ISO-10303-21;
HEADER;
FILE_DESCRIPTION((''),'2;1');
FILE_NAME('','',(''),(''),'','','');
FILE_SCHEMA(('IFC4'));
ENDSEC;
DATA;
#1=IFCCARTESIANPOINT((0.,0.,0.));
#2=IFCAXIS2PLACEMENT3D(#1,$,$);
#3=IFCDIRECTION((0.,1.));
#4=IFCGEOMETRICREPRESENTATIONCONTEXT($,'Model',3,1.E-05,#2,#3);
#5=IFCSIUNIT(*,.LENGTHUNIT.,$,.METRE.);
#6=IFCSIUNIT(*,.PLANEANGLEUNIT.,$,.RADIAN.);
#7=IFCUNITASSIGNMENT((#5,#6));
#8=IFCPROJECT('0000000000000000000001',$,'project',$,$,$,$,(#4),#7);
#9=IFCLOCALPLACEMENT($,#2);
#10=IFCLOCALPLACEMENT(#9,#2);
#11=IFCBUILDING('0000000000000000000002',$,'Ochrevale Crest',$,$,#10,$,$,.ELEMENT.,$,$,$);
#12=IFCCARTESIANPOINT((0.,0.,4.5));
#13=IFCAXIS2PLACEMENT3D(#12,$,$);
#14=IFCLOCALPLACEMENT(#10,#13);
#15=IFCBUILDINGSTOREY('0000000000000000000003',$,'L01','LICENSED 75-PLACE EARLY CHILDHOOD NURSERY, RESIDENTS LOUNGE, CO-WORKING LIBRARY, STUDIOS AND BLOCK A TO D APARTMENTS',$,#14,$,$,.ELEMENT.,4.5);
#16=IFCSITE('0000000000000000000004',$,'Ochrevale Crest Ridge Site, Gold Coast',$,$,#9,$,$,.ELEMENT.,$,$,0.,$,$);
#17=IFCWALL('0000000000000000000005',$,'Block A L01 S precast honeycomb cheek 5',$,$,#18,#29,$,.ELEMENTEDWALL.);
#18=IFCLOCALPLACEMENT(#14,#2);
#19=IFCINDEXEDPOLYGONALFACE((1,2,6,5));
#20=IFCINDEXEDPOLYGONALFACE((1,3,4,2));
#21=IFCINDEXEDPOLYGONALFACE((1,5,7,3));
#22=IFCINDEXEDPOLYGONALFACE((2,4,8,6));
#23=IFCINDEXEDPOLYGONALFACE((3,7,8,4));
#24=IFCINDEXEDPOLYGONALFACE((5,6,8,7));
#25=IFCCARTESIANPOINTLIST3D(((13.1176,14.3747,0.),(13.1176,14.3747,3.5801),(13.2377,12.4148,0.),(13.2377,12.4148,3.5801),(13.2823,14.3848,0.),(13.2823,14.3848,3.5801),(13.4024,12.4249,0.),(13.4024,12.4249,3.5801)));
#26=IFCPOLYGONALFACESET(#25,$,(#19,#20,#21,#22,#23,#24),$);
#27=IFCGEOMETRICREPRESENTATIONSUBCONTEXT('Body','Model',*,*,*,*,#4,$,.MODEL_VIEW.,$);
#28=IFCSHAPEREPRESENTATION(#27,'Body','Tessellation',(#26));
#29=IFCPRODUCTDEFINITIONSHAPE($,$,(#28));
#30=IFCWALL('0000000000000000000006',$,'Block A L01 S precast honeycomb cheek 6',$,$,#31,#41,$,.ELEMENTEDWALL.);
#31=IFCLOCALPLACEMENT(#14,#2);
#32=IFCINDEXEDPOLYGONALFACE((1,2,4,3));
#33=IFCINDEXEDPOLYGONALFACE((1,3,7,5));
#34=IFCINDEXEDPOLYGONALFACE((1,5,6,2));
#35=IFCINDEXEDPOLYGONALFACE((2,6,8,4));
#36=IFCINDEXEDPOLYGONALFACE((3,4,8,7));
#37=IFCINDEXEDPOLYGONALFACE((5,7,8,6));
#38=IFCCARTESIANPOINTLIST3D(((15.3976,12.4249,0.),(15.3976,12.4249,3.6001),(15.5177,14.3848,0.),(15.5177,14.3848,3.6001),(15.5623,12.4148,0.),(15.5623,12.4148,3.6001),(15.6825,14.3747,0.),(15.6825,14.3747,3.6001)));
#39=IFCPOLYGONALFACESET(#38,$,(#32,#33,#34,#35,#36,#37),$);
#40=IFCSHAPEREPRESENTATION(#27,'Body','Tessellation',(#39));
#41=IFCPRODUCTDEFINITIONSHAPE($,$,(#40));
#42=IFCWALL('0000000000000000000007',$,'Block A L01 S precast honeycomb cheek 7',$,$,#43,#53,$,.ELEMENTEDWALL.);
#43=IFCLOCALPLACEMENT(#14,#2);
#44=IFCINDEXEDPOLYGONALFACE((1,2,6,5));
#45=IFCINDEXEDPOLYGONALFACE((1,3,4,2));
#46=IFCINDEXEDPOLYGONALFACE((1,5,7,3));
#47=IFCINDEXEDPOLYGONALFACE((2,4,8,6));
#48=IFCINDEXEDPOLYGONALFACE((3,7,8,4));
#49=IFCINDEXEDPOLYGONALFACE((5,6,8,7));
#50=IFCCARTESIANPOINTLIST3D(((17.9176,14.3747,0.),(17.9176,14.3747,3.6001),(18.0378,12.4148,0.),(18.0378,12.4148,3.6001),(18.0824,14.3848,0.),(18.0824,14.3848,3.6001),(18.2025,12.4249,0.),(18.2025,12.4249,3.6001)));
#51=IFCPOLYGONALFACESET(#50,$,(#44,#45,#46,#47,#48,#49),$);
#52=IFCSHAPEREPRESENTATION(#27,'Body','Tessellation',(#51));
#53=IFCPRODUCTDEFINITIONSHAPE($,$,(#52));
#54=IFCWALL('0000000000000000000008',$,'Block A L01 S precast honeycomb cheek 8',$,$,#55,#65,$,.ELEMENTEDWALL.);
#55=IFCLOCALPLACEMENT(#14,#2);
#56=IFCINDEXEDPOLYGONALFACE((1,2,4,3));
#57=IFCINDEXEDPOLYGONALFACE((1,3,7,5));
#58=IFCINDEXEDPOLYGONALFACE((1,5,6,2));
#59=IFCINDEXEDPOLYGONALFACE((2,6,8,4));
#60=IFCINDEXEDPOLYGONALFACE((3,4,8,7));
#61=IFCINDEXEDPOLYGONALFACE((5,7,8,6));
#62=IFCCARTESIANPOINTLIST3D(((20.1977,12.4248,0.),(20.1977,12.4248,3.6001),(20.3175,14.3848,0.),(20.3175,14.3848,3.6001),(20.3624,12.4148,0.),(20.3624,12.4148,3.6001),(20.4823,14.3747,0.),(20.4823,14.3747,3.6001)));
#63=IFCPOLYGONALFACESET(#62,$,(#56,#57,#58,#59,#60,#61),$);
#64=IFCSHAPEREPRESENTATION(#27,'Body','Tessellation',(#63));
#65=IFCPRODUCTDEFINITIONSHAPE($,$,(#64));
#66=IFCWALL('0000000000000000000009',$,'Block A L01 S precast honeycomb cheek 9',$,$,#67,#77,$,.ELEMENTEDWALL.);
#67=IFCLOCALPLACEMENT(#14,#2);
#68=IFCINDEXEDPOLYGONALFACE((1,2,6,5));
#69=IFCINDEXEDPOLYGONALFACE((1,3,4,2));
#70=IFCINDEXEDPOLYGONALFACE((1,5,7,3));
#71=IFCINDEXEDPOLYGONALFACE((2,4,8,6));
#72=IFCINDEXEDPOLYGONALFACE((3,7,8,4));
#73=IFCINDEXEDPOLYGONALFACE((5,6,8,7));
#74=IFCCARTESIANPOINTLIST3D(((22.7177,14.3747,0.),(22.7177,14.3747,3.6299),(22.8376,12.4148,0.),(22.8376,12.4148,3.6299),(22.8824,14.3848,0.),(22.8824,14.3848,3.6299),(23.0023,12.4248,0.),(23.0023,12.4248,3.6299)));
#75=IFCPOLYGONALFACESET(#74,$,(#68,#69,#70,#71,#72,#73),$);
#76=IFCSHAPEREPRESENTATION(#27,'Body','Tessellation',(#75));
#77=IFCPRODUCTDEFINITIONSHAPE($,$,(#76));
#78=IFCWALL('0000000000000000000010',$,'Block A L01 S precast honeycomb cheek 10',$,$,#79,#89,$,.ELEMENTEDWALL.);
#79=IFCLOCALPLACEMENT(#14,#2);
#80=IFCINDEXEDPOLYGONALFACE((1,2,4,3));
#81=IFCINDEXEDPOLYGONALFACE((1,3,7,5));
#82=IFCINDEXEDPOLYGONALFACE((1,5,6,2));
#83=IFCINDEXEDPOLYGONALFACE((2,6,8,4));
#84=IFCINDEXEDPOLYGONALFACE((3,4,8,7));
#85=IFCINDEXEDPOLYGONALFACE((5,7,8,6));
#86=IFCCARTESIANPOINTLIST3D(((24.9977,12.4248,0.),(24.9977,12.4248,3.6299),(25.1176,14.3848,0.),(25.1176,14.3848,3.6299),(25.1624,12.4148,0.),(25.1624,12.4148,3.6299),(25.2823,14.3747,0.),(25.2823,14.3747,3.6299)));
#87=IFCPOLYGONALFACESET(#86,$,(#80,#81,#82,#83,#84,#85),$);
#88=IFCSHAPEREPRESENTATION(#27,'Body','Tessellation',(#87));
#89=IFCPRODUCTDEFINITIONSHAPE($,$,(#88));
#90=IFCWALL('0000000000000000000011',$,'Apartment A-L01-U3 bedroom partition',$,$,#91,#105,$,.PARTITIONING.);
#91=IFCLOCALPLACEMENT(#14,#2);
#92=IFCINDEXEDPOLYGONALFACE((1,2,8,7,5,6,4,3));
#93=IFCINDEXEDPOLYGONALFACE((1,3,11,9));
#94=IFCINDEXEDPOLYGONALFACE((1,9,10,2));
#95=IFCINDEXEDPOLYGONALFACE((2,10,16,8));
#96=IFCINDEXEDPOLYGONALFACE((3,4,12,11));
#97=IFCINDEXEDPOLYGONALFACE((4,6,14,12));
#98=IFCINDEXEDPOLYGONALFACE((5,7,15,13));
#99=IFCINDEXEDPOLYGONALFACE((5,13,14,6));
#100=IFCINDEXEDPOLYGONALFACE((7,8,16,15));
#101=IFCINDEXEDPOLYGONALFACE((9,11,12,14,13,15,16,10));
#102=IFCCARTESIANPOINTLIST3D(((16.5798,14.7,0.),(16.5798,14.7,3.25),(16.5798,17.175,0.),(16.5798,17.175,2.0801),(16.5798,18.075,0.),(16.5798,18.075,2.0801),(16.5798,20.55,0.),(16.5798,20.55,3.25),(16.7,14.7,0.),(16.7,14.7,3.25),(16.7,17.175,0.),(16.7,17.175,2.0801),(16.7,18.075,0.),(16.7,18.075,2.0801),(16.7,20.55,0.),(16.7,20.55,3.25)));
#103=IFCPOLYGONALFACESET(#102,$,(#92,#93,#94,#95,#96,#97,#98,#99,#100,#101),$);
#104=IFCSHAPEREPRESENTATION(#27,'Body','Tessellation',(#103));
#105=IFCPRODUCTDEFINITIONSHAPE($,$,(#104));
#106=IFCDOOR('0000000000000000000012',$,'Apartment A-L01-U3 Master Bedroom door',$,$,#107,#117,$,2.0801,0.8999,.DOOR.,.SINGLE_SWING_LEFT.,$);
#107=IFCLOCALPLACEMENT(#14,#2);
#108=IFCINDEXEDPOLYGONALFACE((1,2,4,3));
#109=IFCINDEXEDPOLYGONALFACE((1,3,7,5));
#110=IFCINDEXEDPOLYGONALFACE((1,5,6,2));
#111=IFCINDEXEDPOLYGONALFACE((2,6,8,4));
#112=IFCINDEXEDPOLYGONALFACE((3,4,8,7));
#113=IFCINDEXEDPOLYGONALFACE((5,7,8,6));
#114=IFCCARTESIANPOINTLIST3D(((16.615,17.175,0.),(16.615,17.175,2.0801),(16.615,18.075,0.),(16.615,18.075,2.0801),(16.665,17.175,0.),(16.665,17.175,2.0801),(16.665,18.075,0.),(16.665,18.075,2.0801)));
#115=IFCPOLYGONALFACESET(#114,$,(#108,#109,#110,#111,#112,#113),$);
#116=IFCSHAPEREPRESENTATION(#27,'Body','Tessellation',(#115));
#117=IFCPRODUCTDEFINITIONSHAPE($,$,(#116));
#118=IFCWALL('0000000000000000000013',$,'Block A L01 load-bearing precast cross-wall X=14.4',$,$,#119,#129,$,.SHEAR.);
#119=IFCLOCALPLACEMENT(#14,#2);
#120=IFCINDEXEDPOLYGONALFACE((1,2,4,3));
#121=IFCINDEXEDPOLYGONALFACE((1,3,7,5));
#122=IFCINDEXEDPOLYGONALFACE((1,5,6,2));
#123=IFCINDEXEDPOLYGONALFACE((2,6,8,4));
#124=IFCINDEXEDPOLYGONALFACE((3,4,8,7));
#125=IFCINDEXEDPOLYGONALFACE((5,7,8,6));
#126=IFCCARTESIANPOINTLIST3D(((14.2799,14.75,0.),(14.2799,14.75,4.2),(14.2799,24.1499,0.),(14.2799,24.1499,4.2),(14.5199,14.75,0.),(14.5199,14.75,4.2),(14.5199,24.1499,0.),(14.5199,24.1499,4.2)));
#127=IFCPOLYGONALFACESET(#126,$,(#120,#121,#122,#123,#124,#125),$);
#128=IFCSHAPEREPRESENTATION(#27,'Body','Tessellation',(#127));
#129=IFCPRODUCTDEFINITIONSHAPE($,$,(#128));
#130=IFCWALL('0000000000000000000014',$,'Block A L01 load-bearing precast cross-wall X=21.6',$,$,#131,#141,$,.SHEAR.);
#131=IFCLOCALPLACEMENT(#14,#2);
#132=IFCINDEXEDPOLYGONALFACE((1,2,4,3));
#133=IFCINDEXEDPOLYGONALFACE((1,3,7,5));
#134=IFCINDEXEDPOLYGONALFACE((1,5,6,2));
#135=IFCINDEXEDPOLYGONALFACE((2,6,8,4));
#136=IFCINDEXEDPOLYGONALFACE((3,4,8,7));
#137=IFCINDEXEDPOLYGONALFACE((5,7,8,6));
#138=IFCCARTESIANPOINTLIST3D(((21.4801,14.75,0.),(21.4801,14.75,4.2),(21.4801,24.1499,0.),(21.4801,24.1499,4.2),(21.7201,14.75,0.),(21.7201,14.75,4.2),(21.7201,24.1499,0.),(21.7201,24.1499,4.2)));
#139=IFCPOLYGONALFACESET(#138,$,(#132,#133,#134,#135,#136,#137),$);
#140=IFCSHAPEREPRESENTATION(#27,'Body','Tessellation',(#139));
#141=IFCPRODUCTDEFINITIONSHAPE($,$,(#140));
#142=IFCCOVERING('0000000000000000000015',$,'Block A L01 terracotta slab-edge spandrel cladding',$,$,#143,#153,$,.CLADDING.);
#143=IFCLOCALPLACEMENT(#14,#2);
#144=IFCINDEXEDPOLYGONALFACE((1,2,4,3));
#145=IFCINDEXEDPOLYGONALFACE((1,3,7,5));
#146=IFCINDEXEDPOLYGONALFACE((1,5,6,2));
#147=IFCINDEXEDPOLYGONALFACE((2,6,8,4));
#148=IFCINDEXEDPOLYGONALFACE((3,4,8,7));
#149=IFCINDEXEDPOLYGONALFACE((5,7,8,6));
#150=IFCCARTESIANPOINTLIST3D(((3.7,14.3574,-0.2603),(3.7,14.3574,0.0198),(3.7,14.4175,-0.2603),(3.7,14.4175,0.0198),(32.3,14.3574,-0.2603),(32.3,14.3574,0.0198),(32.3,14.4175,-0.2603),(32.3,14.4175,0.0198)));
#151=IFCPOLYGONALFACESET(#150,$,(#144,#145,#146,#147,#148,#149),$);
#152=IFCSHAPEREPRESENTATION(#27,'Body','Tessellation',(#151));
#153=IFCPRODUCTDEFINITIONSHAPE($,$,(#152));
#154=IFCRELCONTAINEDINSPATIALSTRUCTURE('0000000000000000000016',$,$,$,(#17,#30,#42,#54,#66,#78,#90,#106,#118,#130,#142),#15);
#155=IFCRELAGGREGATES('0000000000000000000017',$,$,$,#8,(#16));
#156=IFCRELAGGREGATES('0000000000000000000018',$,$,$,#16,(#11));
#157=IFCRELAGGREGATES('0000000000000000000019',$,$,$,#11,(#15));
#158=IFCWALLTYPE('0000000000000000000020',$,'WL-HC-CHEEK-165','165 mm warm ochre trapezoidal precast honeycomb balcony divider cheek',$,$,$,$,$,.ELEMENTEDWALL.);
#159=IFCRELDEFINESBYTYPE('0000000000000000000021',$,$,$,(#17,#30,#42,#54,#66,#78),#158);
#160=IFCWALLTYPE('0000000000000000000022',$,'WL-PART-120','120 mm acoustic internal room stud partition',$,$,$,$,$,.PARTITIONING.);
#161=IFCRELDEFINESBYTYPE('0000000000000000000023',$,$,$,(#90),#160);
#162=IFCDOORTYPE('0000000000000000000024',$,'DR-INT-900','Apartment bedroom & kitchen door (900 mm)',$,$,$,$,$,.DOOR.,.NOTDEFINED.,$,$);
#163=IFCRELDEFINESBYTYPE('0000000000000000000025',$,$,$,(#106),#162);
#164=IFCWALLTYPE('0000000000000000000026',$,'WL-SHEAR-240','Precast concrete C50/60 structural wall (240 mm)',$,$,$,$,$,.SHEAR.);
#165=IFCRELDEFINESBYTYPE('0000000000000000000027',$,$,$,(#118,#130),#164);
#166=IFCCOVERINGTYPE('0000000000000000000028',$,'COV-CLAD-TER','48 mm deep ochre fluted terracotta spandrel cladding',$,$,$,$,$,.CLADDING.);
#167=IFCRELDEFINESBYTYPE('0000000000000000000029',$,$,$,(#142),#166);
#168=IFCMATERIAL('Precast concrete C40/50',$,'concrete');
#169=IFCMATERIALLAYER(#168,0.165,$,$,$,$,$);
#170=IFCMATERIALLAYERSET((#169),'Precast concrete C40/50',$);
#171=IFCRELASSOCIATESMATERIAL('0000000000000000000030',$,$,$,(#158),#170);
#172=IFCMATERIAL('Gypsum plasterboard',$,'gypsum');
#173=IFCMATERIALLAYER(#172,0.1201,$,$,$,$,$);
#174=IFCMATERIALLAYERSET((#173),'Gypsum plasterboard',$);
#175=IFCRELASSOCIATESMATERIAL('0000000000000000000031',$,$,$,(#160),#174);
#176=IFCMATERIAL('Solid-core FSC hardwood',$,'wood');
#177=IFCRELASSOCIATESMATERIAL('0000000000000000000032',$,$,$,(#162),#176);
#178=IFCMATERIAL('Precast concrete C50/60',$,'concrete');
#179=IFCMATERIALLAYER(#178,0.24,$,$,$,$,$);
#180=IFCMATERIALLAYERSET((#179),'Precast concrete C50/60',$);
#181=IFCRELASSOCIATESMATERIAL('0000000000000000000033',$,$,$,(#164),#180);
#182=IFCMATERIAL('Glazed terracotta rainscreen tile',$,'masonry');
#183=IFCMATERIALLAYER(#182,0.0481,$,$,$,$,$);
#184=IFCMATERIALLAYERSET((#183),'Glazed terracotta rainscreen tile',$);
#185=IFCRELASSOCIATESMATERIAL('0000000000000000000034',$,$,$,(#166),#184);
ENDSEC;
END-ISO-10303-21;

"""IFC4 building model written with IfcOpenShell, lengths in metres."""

from ifc_helpers import new_model, si_unit, direction, frame, frame_2d, origin, origin_2d, place, context, subcontext, project, spatial, rectangle, extrude, material, layer, layer_set, type_object, element, fill, save


model = new_model("IFC4")

# Units and contexts
model_context = context("Model", 3, precision=1e-05, world=origin(), true_north=direction((0.0, 1.0)))
body_context = subcontext(model_context, "Body", "Model", "MODEL_VIEW")
ifc_project = project(units=[si_unit("LENGTHUNIT", "METRE"), si_unit("PLANEANGLEUNIT", "RADIAN")], contexts=[model_context])

# Site, building, storey
site_placement = place(None, origin())
site = spatial("IfcSite", under=ifc_project, at=site_placement, Name="Ochrevale Crest Ridge Site, Gold Coast", CompositionType="ELEMENT", RefElevation=0.0)
building_placement = place(site_placement, origin())
building = spatial("IfcBuilding", under=site, at=building_placement, Name="Ochrevale Crest", CompositionType="ELEMENT")
storey_placement = place(building_placement, frame((0.0, 0.0, 4.5)))
storey = spatial("IfcBuildingStorey", under=building, at=storey_placement, Name="L01", Description="LICENSED 75-PLACE EARLY CHILDHOOD NURSERY, RESIDENTS LOUNGE, CO-WORKING LIBRARY, STUDIOS AND BLOCK A TO D APARTMENTS", CompositionType="ELEMENT", Elevation=4.5)

# Shared definitions
ifc_material_1 = material(Name="Precast concrete C50/60", Category="concrete")

# Shared definitions
ifc_material_2 = material(Name="Precast concrete C40/50", Category="concrete")

# Walls
ifc_layer_1 = layer(ifc_material_2, 0.165)
ifc_layer_set_1 = layer_set([ifc_layer_1], Name="Precast concrete C40/50")
wall_type_1 = type_object("IfcWallType", Name="WL-HC-CHEEK-165", Description="165 mm warm ochre trapezoidal precast honeycomb balcony divider cheek", PredefinedType="ELEMENTEDWALL", material=ifc_layer_set_1)
for number, where, z_axis, x_axis, name in (
    (1, (13.2, 14.3799, 0.0), (0.0, 0.0, 1.0), (0.061171, -0.998127, 0.0), "Block A L01 S precast honeycomb cheek 5"),
):
    element("IfcWall", number, at=place(storey_placement, frame(where, z_axis=z_axis, x_axis=x_axis)), inside=storey, type_object=wall_type_1, Name=name, PredefinedType="ELEMENTEDWALL", context=body_context, shape_type="SweptSolid", body=[
        extrude(rectangle(XDim=1.9636, YDim=0.165, at=frame_2d((0.9819, 0.0))), origin(), (0.0, 0.0, 1.0), 3.5801),
    ])
for number, where, z_axis, x_axis, name in (
    (2, (15.6001, 14.3799, 0.0), (0.0, 0.0, 1.0), (-0.061171, -0.998127, 0.0), "Block A L01 S precast honeycomb cheek 6"),
    (3, (18.0, 14.3799, 0.0), (0.0, 0.0, 1.0), (0.061171, -0.998127, 0.0), "Block A L01 S precast honeycomb cheek 7"),
    (4, (20.3999, 14.3799, 0.0), (0.0, 0.0, 1.0), (-0.061047, -0.998135, 0.0), "Block A L01 S precast honeycomb cheek 8"),
):
    element("IfcWall", number, at=place(storey_placement, frame(where, z_axis=z_axis, x_axis=x_axis)), inside=storey, type_object=wall_type_1, Name=name, PredefinedType="ELEMENTEDWALL", context=body_context, shape_type="SweptSolid", body=[
        extrude(rectangle(XDim=1.9636, YDim=0.165, at=frame_2d((0.9819, 0.0))), origin(), (0.0, 0.0, 1.0), 3.6001),
    ])
for number, where, z_axis, x_axis, name in (
    (5, (22.8, 14.3799, 0.0), (0.0, 0.0, 1.0), (0.061047, -0.998135, 0.0), "Block A L01 S precast honeycomb cheek 9"),
    (6, (25.2, 14.3799, 0.0), (0.0, 0.0, 1.0), (-0.061047, -0.998135, 0.0), "Block A L01 S precast honeycomb cheek 10"),
):
    element("IfcWall", number, at=place(storey_placement, frame(where, z_axis=z_axis, x_axis=x_axis)), inside=storey, type_object=wall_type_1, Name=name, PredefinedType="ELEMENTEDWALL", context=body_context, shape_type="SweptSolid", body=[
        extrude(rectangle(XDim=1.9636, YDim=0.165, at=frame_2d((0.9819, 0.0))), origin(), (0.0, 0.0, 1.0), 3.6299),
    ])

# Wall, opening, door
ifc_material_3 = material(Name="Gypsum plasterboard", Category="gypsum")
ifc_layer_2 = layer(ifc_material_3, 0.1201)
ifc_layer_set_2 = layer_set([ifc_layer_2], Name="Gypsum plasterboard")
wall_type_2 = type_object("IfcWallType", Name="WL-PART-120", Description="120 mm acoustic internal room stud partition", PredefinedType="PARTITIONING", material=ifc_layer_set_2)
wall_placement = place(storey_placement, frame((16.6399, 14.7, 0.0), z_axis=(0.0, 0.0, 1.0), x_axis=(0.0, 1.0, 0.0)))
wall = element("IfcWall", 7, at=wall_placement, inside=storey, type_object=wall_type_2, Name="Apartment A-L01-U3 bedroom partition", PredefinedType="PARTITIONING", context=body_context, shape_type="SweptSolid", body=[
    extrude(rectangle(XDim=5.8501, YDim=0.1201, at=frame_2d((2.925, 0.0))), origin(), (0.0, 0.0, 1.0), 3.25),
])
opening_placement = place(wall_placement, frame((2.4751, 0.0, 0.0)))
opening = element("IfcOpeningElement", 8, at=opening_placement, cuts=wall, PredefinedType="OPENING", context=body_context, shape_type="SweptSolid", body=[
    extrude(rectangle(XDim=0.8999, YDim=2.0801, at=frame_2d((0.45, 1.04))), frame((0.0, 0.0701, 0.0), z_axis=(0.0, -1.0, 0.0), x_axis=(1.0, 0.0, 0.0)), (0.0, 0.0, 1.0), 0.1401),
])
ifc_material_4 = material(Name="Solid-core FSC hardwood", Category="wood")
door_type = type_object("IfcDoorType", Name="DR-INT-900", Description="Apartment bedroom & kitchen door (900 mm)", OperationType="NOTDEFINED", PredefinedType="DOOR", material=ifc_material_4)
door_placement = place(opening_placement, origin())
door = element("IfcDoor", 9, at=door_placement, inside=storey, type_object=door_type, Name="Apartment A-L01-U3 Master Bedroom door", OperationType="SINGLE_SWING_LEFT", OverallHeight=2.0801, OverallWidth=0.8999, PredefinedType="DOOR", context=body_context, shape_type="SweptSolid", body=[
    extrude(rectangle(XDim=0.8999, YDim=2.0801, at=frame_2d((0.45, 1.04))), frame((0.0, 0.0249, 0.0), z_axis=(0.0, -1.0, 0.0), x_axis=(1.0, 0.0, 0.0)), (0.0, 0.0, 1.0), 0.05),
])
fill(opening, door)

# Walls
ifc_layer_3 = layer(ifc_material_1, 0.24)
ifc_layer_set_3 = layer_set([ifc_layer_3], Name="Precast concrete C50/60")
wall_type_3 = type_object("IfcWallType", Name="WL-SHEAR-240", Description="Precast concrete C50/60 structural wall (240 mm)", PredefinedType="SHEAR", material=ifc_layer_set_3)
for number, where, z_axis, x_axis, name in (
    (10, (14.3999, 14.75, 0.0), (0.0, 0.0, 1.0), (0.0, 1.0, 0.0), "Block A L01 load-bearing precast cross-wall X=14.4"),
    (11, (21.6001, 14.75, 0.0), (0.0, 0.0, 1.0), (0.0, 1.0, 0.0), "Block A L01 load-bearing precast cross-wall X=21.6"),
):
    element("IfcWall", number, at=place(storey_placement, frame(where, z_axis=z_axis, x_axis=x_axis)), inside=storey, type_object=wall_type_3, Name=name, PredefinedType="SHEAR", context=body_context, shape_type="SweptSolid", body=[
        extrude(rectangle(XDim=9.3999, YDim=0.24, at=frame_2d((4.7, 0.0))), origin(), (0.0, 0.0, 1.0), 4.2),
    ])

# Covering
ifc_material_5 = material(Name="Glazed terracotta rainscreen tile", Category="masonry")
ifc_layer_4 = layer(ifc_material_5, 0.0481)
ifc_layer_set_4 = layer_set([ifc_layer_4], Name="Glazed terracotta rainscreen tile")
covering_type = type_object("IfcCoveringType", Name="COV-CLAD-TER", Description="48 mm deep ochre fluted terracotta spandrel cladding", PredefinedType="CLADDING", material=ifc_layer_set_4)
covering_placement = place(storey_placement, frame((18.0, 14.3875, -0.2603), z_axis=(0.0, 0.0, 1.0), x_axis=(1.0, 0.0, 0.0)))
element("IfcCovering", 12, at=covering_placement, inside=storey, type_object=covering_type, Name="Block A L01 terracotta slab-edge spandrel cladding", PredefinedType="CLADDING", context=body_context, shape_type="SweptSolid", body=[
    extrude(rectangle(XDim=28.6001, YDim=0.0601, at=origin_2d()), origin(), (0.0, 0.0, 1.0), 0.28),
])

save(model, "model.ifc")
